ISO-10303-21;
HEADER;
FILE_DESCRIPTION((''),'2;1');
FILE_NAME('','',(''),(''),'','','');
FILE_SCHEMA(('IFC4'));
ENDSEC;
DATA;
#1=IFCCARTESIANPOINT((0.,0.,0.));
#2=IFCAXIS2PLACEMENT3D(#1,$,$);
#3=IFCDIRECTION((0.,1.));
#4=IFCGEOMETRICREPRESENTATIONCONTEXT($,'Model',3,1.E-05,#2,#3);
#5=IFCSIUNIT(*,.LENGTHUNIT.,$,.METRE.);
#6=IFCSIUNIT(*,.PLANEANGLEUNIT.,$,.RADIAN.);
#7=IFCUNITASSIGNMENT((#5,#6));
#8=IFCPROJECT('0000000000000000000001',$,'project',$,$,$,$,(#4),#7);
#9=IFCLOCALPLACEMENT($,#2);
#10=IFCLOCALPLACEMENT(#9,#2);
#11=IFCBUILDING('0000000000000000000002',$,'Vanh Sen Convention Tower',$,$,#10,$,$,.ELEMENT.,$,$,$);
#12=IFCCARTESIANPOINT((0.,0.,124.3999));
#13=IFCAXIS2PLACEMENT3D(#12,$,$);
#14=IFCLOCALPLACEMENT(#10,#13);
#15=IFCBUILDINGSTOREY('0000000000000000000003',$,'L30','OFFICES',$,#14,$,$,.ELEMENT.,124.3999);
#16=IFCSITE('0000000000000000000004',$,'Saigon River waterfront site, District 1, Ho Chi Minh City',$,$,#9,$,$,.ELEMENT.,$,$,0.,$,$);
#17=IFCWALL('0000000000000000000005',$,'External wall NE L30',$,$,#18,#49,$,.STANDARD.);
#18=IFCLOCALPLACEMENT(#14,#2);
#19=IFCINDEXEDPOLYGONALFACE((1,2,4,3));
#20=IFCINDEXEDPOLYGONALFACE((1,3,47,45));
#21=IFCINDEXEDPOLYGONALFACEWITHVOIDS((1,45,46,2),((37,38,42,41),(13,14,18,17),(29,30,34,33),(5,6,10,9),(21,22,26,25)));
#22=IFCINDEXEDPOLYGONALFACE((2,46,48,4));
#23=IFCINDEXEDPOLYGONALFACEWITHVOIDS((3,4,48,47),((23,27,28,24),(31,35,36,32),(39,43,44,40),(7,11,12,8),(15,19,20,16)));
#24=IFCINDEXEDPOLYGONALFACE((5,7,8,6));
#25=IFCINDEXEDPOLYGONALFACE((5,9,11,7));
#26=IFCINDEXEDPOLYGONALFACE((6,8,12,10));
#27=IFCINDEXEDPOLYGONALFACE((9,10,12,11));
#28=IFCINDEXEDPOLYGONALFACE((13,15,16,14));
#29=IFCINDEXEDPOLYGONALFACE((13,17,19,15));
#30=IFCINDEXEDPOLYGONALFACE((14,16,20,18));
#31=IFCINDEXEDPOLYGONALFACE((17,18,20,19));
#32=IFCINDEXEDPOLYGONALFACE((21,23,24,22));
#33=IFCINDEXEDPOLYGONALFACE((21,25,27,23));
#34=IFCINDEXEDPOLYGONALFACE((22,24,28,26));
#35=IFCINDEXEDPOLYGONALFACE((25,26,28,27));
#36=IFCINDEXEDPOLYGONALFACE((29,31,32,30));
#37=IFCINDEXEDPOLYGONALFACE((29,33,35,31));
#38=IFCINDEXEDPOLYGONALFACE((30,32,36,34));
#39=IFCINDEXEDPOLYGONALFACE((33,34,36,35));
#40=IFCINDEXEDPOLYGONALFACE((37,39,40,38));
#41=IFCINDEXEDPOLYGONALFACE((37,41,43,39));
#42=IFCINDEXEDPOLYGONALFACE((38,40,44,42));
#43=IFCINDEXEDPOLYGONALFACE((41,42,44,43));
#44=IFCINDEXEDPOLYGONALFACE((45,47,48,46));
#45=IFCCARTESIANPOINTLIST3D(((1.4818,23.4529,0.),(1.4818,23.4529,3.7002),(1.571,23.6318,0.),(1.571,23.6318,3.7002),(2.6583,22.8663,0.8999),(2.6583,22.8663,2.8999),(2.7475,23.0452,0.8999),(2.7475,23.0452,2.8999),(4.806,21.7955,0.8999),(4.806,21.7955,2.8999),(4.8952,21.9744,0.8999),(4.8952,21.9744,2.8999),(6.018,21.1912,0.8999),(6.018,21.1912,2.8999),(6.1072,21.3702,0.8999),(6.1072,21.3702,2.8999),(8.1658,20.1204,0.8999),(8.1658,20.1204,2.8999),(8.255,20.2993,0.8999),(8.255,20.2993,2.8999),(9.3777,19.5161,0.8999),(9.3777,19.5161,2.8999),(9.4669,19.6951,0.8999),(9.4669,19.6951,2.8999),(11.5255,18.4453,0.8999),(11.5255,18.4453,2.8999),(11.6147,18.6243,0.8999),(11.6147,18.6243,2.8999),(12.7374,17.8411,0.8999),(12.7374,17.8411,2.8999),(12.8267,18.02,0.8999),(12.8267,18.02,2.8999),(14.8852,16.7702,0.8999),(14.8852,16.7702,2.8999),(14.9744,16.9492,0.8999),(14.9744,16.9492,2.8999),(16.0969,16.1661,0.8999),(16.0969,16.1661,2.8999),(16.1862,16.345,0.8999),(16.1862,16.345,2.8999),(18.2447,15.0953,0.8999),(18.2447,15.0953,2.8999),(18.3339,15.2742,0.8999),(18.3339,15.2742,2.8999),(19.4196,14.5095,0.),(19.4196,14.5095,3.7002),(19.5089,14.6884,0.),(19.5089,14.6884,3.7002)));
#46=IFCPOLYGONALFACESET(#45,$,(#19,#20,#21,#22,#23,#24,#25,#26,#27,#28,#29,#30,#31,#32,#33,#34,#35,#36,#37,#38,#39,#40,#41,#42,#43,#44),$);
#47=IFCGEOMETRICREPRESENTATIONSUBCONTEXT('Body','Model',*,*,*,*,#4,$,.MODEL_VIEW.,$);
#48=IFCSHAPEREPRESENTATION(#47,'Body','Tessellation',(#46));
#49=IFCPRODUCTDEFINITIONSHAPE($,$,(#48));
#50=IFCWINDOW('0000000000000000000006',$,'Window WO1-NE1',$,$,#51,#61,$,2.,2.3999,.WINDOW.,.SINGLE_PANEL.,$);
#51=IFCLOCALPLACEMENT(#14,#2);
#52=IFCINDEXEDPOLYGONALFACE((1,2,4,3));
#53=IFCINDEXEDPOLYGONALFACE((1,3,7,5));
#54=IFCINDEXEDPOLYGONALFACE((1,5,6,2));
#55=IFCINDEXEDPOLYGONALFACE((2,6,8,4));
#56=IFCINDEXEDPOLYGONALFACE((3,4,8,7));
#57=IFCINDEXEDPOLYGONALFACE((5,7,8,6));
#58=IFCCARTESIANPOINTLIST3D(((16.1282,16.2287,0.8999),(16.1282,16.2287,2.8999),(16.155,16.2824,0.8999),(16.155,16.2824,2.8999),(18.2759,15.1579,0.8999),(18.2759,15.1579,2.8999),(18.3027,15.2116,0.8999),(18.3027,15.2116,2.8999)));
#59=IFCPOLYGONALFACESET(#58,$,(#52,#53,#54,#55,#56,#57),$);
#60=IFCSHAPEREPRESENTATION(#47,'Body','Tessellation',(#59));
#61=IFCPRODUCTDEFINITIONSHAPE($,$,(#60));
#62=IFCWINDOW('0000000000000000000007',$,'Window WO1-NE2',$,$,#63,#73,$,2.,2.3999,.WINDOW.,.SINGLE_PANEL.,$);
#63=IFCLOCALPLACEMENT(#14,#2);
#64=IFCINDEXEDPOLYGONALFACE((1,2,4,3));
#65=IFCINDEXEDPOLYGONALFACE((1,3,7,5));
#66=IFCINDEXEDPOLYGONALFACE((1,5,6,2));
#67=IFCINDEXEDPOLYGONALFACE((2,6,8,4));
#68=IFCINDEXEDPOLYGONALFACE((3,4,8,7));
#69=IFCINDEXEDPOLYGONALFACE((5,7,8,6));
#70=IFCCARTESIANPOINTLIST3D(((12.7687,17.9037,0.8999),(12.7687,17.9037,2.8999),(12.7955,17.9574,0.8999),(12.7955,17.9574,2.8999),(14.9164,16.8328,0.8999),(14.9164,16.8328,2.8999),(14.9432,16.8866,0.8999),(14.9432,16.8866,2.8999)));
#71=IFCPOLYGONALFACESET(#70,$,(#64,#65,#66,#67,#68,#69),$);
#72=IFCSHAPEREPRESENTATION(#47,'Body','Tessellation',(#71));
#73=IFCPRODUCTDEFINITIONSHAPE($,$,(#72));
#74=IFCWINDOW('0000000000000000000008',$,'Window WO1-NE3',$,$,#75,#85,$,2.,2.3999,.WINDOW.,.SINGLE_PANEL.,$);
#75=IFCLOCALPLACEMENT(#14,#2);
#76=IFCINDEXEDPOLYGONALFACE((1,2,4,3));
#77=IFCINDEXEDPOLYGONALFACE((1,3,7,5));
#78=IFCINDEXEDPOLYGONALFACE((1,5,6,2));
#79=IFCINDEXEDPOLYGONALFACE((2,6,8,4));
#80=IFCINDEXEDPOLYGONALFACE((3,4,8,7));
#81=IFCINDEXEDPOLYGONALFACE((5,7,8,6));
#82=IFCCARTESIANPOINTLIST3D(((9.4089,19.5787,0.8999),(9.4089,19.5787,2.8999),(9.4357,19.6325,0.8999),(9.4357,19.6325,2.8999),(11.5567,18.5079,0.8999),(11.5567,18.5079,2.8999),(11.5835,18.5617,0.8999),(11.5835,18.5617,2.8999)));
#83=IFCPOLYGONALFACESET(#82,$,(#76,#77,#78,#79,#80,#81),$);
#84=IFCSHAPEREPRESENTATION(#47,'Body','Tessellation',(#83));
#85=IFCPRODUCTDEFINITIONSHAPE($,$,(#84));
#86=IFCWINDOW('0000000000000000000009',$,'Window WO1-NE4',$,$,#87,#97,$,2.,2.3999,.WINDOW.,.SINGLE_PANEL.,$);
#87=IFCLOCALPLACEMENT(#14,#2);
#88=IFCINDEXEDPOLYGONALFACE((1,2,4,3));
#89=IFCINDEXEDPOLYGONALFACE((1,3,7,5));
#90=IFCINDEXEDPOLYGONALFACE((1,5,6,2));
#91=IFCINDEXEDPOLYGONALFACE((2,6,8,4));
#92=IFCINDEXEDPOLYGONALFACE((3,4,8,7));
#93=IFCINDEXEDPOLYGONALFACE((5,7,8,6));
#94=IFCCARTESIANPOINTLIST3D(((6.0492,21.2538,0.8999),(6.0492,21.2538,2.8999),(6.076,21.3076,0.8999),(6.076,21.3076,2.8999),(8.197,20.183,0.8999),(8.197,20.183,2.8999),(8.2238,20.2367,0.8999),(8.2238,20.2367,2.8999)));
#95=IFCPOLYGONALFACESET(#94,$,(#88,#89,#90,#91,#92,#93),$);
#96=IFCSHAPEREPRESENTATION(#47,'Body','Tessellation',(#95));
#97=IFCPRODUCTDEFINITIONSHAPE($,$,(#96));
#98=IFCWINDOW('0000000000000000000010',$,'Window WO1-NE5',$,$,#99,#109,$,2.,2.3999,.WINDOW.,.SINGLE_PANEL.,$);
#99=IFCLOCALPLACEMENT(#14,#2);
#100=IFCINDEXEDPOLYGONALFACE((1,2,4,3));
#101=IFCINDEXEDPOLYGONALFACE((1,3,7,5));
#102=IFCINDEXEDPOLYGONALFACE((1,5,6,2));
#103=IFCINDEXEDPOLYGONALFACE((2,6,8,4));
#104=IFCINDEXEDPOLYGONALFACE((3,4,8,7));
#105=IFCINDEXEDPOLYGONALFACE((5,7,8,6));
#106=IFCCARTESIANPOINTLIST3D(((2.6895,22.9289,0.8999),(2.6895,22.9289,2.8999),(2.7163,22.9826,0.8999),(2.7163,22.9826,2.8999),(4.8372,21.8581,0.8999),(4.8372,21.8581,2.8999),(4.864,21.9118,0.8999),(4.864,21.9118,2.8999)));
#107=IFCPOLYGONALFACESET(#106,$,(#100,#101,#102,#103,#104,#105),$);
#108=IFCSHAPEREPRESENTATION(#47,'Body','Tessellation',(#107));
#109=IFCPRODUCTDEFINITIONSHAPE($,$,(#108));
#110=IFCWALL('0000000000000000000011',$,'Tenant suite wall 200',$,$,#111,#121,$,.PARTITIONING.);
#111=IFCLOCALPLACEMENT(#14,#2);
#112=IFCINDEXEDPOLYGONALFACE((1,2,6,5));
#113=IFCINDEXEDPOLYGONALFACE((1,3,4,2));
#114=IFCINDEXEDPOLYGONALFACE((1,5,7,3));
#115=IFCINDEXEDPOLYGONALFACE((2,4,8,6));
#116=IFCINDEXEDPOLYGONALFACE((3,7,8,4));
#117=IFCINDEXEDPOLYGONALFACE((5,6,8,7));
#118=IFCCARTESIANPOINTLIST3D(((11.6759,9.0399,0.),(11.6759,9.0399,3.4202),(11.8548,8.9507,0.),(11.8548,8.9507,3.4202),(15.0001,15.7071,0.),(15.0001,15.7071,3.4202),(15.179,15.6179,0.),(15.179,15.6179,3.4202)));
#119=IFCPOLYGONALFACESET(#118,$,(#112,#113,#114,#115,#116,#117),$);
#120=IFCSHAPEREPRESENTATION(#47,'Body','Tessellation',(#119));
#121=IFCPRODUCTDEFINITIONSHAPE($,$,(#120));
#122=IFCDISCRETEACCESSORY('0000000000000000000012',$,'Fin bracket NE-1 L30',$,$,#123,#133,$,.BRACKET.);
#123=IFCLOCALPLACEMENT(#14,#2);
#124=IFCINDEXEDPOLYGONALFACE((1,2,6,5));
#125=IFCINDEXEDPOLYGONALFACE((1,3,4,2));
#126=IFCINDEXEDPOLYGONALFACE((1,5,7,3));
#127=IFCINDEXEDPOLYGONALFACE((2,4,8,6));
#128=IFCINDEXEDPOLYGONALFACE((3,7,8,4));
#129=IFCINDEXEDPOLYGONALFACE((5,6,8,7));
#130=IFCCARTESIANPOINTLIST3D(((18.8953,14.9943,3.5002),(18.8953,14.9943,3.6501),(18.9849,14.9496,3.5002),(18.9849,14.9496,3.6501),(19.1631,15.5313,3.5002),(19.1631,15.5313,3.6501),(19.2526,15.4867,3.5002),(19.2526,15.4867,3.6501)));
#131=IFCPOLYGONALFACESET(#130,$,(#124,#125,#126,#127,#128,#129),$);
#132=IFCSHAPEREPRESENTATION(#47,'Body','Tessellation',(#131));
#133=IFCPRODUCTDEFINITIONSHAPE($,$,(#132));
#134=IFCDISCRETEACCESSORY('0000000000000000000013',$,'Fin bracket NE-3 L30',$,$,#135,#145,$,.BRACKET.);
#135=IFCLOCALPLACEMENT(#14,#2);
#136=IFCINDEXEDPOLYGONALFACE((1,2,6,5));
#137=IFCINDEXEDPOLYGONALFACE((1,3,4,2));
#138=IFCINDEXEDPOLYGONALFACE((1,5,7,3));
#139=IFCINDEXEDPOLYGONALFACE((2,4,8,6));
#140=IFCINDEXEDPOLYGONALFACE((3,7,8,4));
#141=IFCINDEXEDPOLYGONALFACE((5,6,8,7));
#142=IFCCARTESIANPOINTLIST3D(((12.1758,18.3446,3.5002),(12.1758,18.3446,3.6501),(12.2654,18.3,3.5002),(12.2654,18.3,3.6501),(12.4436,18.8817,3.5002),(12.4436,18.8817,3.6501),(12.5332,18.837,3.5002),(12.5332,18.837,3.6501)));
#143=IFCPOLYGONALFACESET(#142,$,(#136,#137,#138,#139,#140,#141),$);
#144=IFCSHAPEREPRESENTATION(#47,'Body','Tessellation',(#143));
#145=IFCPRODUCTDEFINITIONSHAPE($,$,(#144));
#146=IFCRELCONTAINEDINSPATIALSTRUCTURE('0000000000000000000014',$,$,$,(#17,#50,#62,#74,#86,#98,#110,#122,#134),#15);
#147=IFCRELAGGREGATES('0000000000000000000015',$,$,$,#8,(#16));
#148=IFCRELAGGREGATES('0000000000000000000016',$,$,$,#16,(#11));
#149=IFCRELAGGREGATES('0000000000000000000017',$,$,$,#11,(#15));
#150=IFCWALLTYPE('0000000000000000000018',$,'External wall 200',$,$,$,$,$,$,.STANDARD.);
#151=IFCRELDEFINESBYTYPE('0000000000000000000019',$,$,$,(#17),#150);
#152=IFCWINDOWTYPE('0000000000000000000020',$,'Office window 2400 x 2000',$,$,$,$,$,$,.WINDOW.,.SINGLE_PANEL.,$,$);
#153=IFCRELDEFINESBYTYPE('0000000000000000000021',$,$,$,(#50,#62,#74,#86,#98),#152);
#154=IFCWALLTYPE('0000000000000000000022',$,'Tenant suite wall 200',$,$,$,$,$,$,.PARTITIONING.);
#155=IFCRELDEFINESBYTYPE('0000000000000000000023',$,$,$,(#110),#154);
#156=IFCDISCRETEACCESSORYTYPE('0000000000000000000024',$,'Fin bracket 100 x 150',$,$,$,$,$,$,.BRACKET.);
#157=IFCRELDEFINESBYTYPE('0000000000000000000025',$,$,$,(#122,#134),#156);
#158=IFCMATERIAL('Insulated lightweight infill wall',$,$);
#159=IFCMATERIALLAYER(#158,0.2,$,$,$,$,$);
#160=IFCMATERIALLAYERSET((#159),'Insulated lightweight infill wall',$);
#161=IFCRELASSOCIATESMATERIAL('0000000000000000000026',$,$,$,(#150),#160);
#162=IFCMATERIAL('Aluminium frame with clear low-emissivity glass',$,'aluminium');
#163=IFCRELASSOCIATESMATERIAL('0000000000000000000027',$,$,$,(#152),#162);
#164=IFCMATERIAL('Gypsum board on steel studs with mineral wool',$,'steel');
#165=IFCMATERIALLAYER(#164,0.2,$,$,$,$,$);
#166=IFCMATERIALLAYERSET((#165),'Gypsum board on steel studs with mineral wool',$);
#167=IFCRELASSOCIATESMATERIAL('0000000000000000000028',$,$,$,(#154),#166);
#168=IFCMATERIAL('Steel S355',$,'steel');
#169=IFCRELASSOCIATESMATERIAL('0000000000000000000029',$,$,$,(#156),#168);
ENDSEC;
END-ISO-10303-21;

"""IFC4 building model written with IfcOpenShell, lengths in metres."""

from ifc_helpers import new_model, si_unit, direction, frame, frame_2d, origin, origin_2d, place, context, subcontext, project, spatial, rectangle, extrude, material, layer, layer_set, type_object, element, fill, save


model = new_model("IFC4")

# Units and contexts
model_context = context("Model", 3, precision=1e-05, world=origin(), true_north=direction((0.0, 1.0)))
body_context = subcontext(model_context, "Body", "Model", "MODEL_VIEW")
ifc_project = project(units=[si_unit("LENGTHUNIT", "METRE"), si_unit("PLANEANGLEUNIT", "RADIAN")], contexts=[model_context])

# Site, building, storey
site_placement = place(None, origin())
site = spatial("IfcSite", under=ifc_project, at=site_placement, Name="Saigon River waterfront site, District 1, Ho Chi Minh City", CompositionType="ELEMENT", RefElevation=0.0)
building_placement = place(site_placement, origin())
building = spatial("IfcBuilding", under=site, at=building_placement, Name="Vanh Sen Convention Tower", CompositionType="ELEMENT")
storey_placement = place(building_placement, frame((0.0, 0.0, 124.3999)))
storey = spatial("IfcBuildingStorey", under=building, at=storey_placement, Name="L30", Description="OFFICES", CompositionType="ELEMENT", Elevation=124.3999)

# Shared definitions
ifc_material_1 = material(Name="Insulated lightweight infill wall")
ifc_layer_1 = layer(ifc_material_1, 0.2)
ifc_layer_set_1 = layer_set([ifc_layer_1], Name="Insulated lightweight infill wall")
wall_type_1 = type_object("IfcWallType", Name="External wall 200", PredefinedType="STANDARD", material=ifc_layer_set_1)
ifc_material_2 = material(Name="Aluminium frame with clear low-emissivity glass", Category="aluminium")

# Wall, openings, windows
wall_1_placement = place(storey_placement, frame((19.4644, 14.5989, 0.0), z_axis=(0.0, 0.0, 1.0), x_axis=(-0.894936, 0.446195, 0.0)))
wall_1 = element("IfcWall", 1, at=wall_1_placement, inside=storey, type_object=wall_type_1, Name="External wall NE L30", PredefinedType="STANDARD", context=body_context, shape_type="SweptSolid", body=[
    extrude(rectangle(XDim=20.0437, YDim=0.2, at=frame_2d((10.022, 0.0))), origin(), (0.0, 0.0, 1.0), 3.7002),
])
opening_1_placement = place(wall_1_placement, frame((1.313, 0.0, 0.8999)))
opening_1 = element("IfcOpeningElement", 2, at=opening_1_placement, cuts=wall_1, PredefinedType="OPENING", context=body_context, shape_type="SweptSolid", body=[
    extrude(rectangle(XDim=2.3999, YDim=2.0, at=frame_2d((1.2, 1.0))), frame((0.0, 0.1099, 0.0), z_axis=(0.0, -1.0, 0.0), x_axis=(1.0, 0.0, 0.0)), (0.0, 0.0, 1.0), 0.22),
])
opening_2_placement = place(wall_1_placement, frame((5.0669, 0.0, 0.8999)))
opening_2 = element("IfcOpeningElement", 3, at=opening_2_placement, cuts=wall_1, PredefinedType="OPENING", context=body_context, shape_type="SweptSolid", body=[
    extrude(rectangle(XDim=2.3999, YDim=2.0, at=frame_2d((1.2, 1.0))), frame((0.0, 0.1099, 0.0), z_axis=(0.0, -1.0, 0.0), x_axis=(1.0, 0.0, 0.0)), (0.0, 0.0, 1.0), 0.22),
])
opening_3_placement = place(wall_1_placement, frame((8.821, 0.0, 0.8999)))
opening_3 = element("IfcOpeningElement", 4, at=opening_3_placement, cuts=wall_1, PredefinedType="OPENING", context=body_context, shape_type="SweptSolid", body=[
    extrude(rectangle(XDim=2.3999, YDim=2.0, at=frame_2d((1.2, 1.0))), frame((0.0, 0.1099, 0.0), z_axis=(0.0, -1.0, 0.0), x_axis=(1.0, 0.0, 0.0)), (0.0, 0.0, 1.0), 0.22),
])
opening_4_placement = place(wall_1_placement, frame((12.5752, 0.0, 0.8999)))
opening_4 = element("IfcOpeningElement", 5, at=opening_4_placement, cuts=wall_1, PredefinedType="OPENING", context=body_context, shape_type="SweptSolid", body=[
    extrude(rectangle(XDim=2.3999, YDim=2.0, at=frame_2d((1.2, 1.0))), frame((0.0, 0.1099, 0.0), z_axis=(0.0, -1.0, 0.0), x_axis=(1.0, 0.0, 0.0)), (0.0, 0.0, 1.0), 0.22),
])
opening_5_placement = place(wall_1_placement, frame((16.3293, 0.0, 0.8999)))
opening_5 = element("IfcOpeningElement", 6, at=opening_5_placement, cuts=wall_1, PredefinedType="OPENING", context=body_context, shape_type="SweptSolid", body=[
    extrude(rectangle(XDim=2.3999, YDim=2.0, at=frame_2d((1.2, 1.0))), frame((0.0, 0.1099, 0.0), z_axis=(0.0, -1.0, 0.0), x_axis=(1.0, 0.0, 0.0)), (0.0, 0.0, 1.0), 0.22),
])
window_type_1 = type_object("IfcWindowType", Name="Office window 2400 x 2000", PartitioningType="SINGLE_PANEL", PredefinedType="WINDOW", material=ifc_material_2)
window_1_placement = place(opening_1_placement, origin())
window_1 = element("IfcWindow", 7, at=window_1_placement, inside=storey, type_object=window_type_1, Name="Window WO1-NE1", OverallHeight=2.0, OverallWidth=2.3999, PartitioningType="SINGLE_PANEL", PredefinedType="WINDOW", context=body_context, shape_type="SweptSolid", body=[
    extrude(rectangle(XDim=2.3999, YDim=2.0, at=frame_2d((1.2, 1.0))), frame((0.0, 0.03, 0.0), z_axis=(0.0, -1.0, 0.0), x_axis=(1.0, 0.0, 0.0)), (0.0, 0.0, 1.0), 0.0601),
])
fill(opening_1, window_1)
window_2_placement = place(opening_2_placement, origin())
window_2 = element("IfcWindow", 8, at=window_2_placement, inside=storey, type_object=window_type_1, Name="Window WO1-NE2", OverallHeight=2.0, OverallWidth=2.3999, PartitioningType="SINGLE_PANEL", PredefinedType="WINDOW", context=body_context, shape_type="SweptSolid", body=[
    extrude(rectangle(XDim=2.3999, YDim=2.0, at=frame_2d((1.2, 1.0))), frame((0.0, 0.03, 0.0), z_axis=(0.0, -1.0, 0.0), x_axis=(1.0, 0.0, 0.0)), (0.0, 0.0, 1.0), 0.0601),
])
fill(opening_2, window_2)
window_3_placement = place(opening_3_placement, origin())
window_3 = element("IfcWindow", 9, at=window_3_placement, inside=storey, type_object=window_type_1, Name="Window WO1-NE3", OverallHeight=2.0, OverallWidth=2.3999, PartitioningType="SINGLE_PANEL", PredefinedType="WINDOW", context=body_context, shape_type="SweptSolid", body=[
    extrude(rectangle(XDim=2.3999, YDim=2.0, at=frame_2d((1.2, 1.0))), frame((0.0, 0.03, 0.0), z_axis=(0.0, -1.0, 0.0), x_axis=(1.0, 0.0, 0.0)), (0.0, 0.0, 1.0), 0.0601),
])
fill(opening_3, window_3)
window_4_placement = place(opening_4_placement, origin())
window_4 = element("IfcWindow", 10, at=window_4_placement, inside=storey, type_object=window_type_1, Name="Window WO1-NE4", OverallHeight=2.0, OverallWidth=2.3999, PartitioningType="SINGLE_PANEL", PredefinedType="WINDOW", context=body_context, shape_type="SweptSolid", body=[
    extrude(rectangle(XDim=2.3999, YDim=2.0, at=frame_2d((1.2, 1.0))), frame((0.0, 0.03, 0.0), z_axis=(0.0, -1.0, 0.0), x_axis=(1.0, 0.0, 0.0)), (0.0, 0.0, 1.0), 0.0601),
])
fill(opening_4, window_4)
window_5_placement = place(opening_5_placement, origin())
window_5 = element("IfcWindow", 11, at=window_5_placement, inside=storey, type_object=window_type_1, Name="Window WO1-NE5", OverallHeight=2.0, OverallWidth=2.3999, PartitioningType="SINGLE_PANEL", PredefinedType="WINDOW", context=body_context, shape_type="SweptSolid", body=[
    extrude(rectangle(XDim=2.3999, YDim=2.0, at=frame_2d((1.2, 1.0))), frame((0.0, 0.03, 0.0), z_axis=(0.0, -1.0, 0.0), x_axis=(1.0, 0.0, 0.0)), (0.0, 0.0, 1.0), 0.0601),
])
fill(opening_5, window_5)

# Wall
ifc_material_3 = material(Name="Gypsum board on steel studs with mineral wool", Category="steel")
ifc_layer_2 = layer(ifc_material_3, 0.2)
ifc_layer_set_2 = layer_set([ifc_layer_2], Name="Gypsum board on steel studs with mineral wool")
wall_type_2 = type_object("IfcWallType", Name="Tenant suite wall 200", PredefinedType="PARTITIONING", material=ifc_layer_set_2)
wall_2_placement = place(storey_placement, frame((15.0896, 15.6626, 0.0), z_axis=(0.0, 0.0, 1.0), x_axis=(-0.446204, -0.894931, 0.0)))
element("IfcWall", 12, at=wall_2_placement, inside=storey, type_object=wall_type_2, Name="Tenant suite wall 200", PredefinedType="PARTITIONING", context=body_context, shape_type="SweptSolid", body=[
    extrude(rectangle(XDim=7.45, YDim=0.2, at=frame_2d((3.7251, 0.0))), origin(), (0.0, 0.0, 1.0), 3.4202),
])

# Discrete accessories
ifc_material_4 = material(Name="Steel S355", Category="steel")
discrete_accessory_type = type_object("IfcDiscreteAccessoryType", Name="Fin bracket 100 x 150", PredefinedType="BRACKET", material=ifc_material_4)
for number, where, z_axis, x_axis, name in (
    (13, (19.074, 15.2405, 3.5002), (0.0, 0.0, 1.0), (0.446198, 0.894934, 0.0), "Fin bracket NE-1 L30"),
    (14, (12.3545, 18.5908, 3.5002), (0.0, 0.0, 1.0), (0.446198, 0.894934, 0.0), "Fin bracket NE-3 L30"),
):
    element("IfcDiscreteAccessory", number, at=place(storey_placement, frame(where, z_axis=z_axis, x_axis=x_axis)), inside=storey, type_object=discrete_accessory_type, Name=name, PredefinedType="BRACKET", context=body_context, shape_type="SweptSolid", body=[
        extrude(rectangle(XDim=0.6001, YDim=0.1001, at=origin_2d()), origin(), (0.0, 0.0, 1.0), 0.1499),
    ])

save(model, "model.ifc")
